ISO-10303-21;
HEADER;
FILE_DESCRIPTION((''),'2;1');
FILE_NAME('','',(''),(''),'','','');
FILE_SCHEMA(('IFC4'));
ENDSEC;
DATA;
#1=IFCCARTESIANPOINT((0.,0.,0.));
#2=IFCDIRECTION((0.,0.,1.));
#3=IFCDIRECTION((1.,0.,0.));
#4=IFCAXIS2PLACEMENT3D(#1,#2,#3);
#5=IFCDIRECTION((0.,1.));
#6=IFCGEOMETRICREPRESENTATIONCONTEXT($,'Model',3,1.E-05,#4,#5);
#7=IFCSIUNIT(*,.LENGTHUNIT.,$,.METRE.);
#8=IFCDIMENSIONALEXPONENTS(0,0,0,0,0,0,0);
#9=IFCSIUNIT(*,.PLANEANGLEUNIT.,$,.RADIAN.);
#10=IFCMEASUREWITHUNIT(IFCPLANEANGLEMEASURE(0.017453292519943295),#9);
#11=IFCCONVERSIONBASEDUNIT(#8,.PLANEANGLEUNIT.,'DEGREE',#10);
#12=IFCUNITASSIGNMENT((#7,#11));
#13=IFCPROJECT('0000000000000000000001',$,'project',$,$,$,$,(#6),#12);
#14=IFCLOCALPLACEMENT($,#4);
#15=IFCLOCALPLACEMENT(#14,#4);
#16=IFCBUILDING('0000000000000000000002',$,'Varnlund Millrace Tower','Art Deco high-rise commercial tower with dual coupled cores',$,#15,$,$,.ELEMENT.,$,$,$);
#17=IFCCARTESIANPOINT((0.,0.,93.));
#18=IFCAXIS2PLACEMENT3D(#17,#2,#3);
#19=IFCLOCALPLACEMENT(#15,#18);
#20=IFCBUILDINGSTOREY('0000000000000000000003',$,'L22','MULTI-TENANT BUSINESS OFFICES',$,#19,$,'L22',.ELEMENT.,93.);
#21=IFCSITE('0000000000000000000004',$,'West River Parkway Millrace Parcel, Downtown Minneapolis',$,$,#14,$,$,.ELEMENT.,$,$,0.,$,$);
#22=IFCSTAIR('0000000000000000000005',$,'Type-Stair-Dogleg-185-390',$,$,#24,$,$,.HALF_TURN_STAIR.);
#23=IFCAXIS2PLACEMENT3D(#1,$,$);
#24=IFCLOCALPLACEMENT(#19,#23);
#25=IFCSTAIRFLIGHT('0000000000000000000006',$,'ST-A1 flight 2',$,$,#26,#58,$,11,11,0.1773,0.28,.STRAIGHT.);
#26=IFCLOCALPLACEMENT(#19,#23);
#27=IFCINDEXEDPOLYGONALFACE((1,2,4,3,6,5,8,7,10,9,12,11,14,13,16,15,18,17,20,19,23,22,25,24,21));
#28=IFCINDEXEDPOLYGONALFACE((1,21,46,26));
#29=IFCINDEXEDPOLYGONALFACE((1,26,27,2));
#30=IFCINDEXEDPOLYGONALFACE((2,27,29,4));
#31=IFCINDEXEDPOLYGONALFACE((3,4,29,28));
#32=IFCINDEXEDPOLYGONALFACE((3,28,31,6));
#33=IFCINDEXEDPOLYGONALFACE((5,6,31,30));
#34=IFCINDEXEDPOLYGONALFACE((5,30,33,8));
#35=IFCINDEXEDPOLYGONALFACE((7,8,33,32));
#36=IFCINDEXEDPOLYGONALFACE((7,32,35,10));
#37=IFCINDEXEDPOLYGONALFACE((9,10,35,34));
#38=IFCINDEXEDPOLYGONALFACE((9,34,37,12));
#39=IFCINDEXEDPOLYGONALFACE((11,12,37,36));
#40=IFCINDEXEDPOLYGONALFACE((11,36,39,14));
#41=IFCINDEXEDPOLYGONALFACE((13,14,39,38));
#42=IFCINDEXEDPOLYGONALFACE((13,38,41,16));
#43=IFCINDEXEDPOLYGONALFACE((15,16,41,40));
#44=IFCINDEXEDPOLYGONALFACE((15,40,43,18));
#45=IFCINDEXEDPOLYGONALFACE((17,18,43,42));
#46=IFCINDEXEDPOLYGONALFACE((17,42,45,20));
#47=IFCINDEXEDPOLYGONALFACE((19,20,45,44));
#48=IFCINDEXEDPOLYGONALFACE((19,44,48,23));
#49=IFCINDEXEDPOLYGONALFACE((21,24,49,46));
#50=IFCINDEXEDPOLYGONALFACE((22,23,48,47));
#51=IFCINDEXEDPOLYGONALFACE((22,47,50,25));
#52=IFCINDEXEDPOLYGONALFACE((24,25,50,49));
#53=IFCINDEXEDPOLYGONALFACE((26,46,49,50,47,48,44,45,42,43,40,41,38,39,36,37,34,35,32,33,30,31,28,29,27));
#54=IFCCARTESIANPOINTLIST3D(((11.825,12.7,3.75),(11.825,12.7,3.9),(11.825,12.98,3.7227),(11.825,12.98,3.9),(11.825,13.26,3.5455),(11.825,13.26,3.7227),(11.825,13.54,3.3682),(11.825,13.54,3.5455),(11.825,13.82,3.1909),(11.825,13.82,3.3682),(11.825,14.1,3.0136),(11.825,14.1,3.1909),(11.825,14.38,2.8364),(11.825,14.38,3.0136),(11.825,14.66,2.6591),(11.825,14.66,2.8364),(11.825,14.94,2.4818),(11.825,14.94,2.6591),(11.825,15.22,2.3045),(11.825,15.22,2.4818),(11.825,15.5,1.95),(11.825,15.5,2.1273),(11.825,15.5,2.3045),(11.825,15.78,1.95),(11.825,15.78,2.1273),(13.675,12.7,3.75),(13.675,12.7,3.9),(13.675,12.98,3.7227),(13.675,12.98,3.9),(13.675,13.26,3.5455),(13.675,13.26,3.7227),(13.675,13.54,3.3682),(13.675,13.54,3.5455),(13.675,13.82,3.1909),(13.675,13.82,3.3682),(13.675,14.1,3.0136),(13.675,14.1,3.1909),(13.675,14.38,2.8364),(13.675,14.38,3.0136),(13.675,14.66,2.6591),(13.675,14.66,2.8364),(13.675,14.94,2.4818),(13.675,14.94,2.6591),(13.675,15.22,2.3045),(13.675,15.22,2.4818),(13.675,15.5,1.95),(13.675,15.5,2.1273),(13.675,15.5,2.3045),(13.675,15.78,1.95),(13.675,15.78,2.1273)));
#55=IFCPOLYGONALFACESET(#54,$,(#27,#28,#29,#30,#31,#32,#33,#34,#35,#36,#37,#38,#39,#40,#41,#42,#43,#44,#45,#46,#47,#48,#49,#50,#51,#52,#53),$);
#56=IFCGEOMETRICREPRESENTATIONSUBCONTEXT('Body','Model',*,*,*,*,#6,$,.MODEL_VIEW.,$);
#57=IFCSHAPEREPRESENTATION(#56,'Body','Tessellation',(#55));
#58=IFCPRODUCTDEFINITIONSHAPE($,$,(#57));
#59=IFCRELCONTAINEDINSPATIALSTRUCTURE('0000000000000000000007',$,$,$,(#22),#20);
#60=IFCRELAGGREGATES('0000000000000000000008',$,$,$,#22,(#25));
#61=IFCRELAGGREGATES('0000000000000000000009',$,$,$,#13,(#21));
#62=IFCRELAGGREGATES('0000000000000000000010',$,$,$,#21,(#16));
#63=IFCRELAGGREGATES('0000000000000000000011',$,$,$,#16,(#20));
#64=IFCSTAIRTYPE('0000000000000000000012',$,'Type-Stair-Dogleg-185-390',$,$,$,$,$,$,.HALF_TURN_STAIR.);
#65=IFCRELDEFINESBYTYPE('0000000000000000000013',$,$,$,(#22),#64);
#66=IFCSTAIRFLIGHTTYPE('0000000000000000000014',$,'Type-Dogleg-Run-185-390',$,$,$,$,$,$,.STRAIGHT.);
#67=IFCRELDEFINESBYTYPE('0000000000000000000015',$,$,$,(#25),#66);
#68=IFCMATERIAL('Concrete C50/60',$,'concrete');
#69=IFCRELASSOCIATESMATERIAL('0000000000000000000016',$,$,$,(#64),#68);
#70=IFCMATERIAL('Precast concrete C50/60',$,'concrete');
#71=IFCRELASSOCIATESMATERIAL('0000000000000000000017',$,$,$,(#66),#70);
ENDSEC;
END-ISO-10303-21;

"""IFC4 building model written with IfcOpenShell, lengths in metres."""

from ifc_helpers import new_model, entity, si_unit, converted_unit, direction, frame, origin_with_axes, place, context, subcontext, project, spatial, polyline, outline, extrude, material, type_object, element, aggregate, save


model = new_model("IFC4")

# Units and contexts
model_context = context("Model", 3, precision=1e-05, world=origin_with_axes(), true_north=direction((0.0, 1.0)))
body_context = subcontext(model_context, "Body", "Model", "MODEL_VIEW")
ifc_project = project(units=[si_unit("LENGTHUNIT", "METRE"), converted_unit("PLANEANGLEUNIT", "DEGREE", entity("IfcPlaneAngleMeasure", 0.017453292519943295), si_unit("PLANEANGLEUNIT", "RADIAN"), dimensions=[0, 0, 0, 0, 0, 0, 0])], contexts=[model_context])

# Site, building, storey
site_placement = place(None, origin_with_axes())
site = spatial("IfcSite", under=ifc_project, at=site_placement, Name="West River Parkway Millrace Parcel, Downtown Minneapolis", CompositionType="ELEMENT", RefElevation=0.0)
building_placement = place(site_placement, origin_with_axes())
building = spatial("IfcBuilding", under=site, at=building_placement, Name="Varnlund Millrace Tower", Description="Art Deco high-rise commercial tower with dual coupled cores", CompositionType="ELEMENT")
storey_placement = place(building_placement, frame((0.0, 0.0, 93.0), z_axis=(0.0, 0.0, 1.0), x_axis=(1.0, 0.0, 0.0)))
storey = spatial("IfcBuildingStorey", under=building, at=storey_placement, Name="L22", Description="MULTI-TENANT BUSINESS OFFICES", LongName="L22", CompositionType="ELEMENT", Elevation=93.0)

# Stair
ifc_material_1 = material(Name="Concrete C50/60", Category="concrete")
stair_type_1 = type_object("IfcStairType", Name="Type-Stair-Dogleg-185-390", PredefinedType="HALF_TURN_STAIR", material=ifc_material_1)
stair_1_placement = place(storey_placement, origin_with_axes())
stair_1 = element("IfcStair", 1, at=stair_1_placement, inside=storey, type_object=stair_type_1, Name="Type-Stair-Dogleg-185-390", PredefinedType="HALF_TURN_STAIR")

# Shared definitions
ifc_material_2 = material(Name="Precast concrete C50/60", Category="concrete")

# Stair flight
stair_flight_type = type_object("IfcStairFlightType", Name="Type-Dogleg-Run-185-390", PredefinedType="STRAIGHT", material=ifc_material_2)
stair_flight_placement = place(storey_placement, frame((13.675, 15.78, 1.95), z_axis=(-1.0, 0.0, 0.0), x_axis=(0.0, -1.0, 0.0)))
stair_flight = element("IfcStairFlight", 2, at=stair_flight_placement, type_object=stair_flight_type, Name="ST-A1 flight 2", NumberOfRisers=11, NumberOfTreads=11, PredefinedType="STRAIGHT", RiserHeight=0.1773, TreadLength=0.28, context=body_context, shape_type="SweptSolid", body=[
    extrude(outline(polyline([(0.0, 0.0), (0.0, 0.1773), (0.28, 0.1773), (0.28, 0.3545), (0.56, 0.3545), (0.56, 0.5318), (0.84, 0.5318), (0.84, 0.7091), (1.12, 0.7091), (1.12, 0.8864), (1.4, 0.8864), (1.4, 1.0636), (1.68, 1.0636), (1.68, 1.2409), (1.96, 1.2409), (1.96, 1.4182), (2.24, 1.4182), (2.24, 1.5955), (2.52, 1.5955), (2.52, 1.7727), (2.8, 1.7727), (2.8, 1.95), (3.08, 1.95), (3.08, 1.8), (0.28, 0.0), (0.0, 0.0)])), origin_with_axes(), (0.0, 0.0, 1.0), 1.85),
])
aggregate(stair_1, [stair_flight])

save(model, "model.ifc")
